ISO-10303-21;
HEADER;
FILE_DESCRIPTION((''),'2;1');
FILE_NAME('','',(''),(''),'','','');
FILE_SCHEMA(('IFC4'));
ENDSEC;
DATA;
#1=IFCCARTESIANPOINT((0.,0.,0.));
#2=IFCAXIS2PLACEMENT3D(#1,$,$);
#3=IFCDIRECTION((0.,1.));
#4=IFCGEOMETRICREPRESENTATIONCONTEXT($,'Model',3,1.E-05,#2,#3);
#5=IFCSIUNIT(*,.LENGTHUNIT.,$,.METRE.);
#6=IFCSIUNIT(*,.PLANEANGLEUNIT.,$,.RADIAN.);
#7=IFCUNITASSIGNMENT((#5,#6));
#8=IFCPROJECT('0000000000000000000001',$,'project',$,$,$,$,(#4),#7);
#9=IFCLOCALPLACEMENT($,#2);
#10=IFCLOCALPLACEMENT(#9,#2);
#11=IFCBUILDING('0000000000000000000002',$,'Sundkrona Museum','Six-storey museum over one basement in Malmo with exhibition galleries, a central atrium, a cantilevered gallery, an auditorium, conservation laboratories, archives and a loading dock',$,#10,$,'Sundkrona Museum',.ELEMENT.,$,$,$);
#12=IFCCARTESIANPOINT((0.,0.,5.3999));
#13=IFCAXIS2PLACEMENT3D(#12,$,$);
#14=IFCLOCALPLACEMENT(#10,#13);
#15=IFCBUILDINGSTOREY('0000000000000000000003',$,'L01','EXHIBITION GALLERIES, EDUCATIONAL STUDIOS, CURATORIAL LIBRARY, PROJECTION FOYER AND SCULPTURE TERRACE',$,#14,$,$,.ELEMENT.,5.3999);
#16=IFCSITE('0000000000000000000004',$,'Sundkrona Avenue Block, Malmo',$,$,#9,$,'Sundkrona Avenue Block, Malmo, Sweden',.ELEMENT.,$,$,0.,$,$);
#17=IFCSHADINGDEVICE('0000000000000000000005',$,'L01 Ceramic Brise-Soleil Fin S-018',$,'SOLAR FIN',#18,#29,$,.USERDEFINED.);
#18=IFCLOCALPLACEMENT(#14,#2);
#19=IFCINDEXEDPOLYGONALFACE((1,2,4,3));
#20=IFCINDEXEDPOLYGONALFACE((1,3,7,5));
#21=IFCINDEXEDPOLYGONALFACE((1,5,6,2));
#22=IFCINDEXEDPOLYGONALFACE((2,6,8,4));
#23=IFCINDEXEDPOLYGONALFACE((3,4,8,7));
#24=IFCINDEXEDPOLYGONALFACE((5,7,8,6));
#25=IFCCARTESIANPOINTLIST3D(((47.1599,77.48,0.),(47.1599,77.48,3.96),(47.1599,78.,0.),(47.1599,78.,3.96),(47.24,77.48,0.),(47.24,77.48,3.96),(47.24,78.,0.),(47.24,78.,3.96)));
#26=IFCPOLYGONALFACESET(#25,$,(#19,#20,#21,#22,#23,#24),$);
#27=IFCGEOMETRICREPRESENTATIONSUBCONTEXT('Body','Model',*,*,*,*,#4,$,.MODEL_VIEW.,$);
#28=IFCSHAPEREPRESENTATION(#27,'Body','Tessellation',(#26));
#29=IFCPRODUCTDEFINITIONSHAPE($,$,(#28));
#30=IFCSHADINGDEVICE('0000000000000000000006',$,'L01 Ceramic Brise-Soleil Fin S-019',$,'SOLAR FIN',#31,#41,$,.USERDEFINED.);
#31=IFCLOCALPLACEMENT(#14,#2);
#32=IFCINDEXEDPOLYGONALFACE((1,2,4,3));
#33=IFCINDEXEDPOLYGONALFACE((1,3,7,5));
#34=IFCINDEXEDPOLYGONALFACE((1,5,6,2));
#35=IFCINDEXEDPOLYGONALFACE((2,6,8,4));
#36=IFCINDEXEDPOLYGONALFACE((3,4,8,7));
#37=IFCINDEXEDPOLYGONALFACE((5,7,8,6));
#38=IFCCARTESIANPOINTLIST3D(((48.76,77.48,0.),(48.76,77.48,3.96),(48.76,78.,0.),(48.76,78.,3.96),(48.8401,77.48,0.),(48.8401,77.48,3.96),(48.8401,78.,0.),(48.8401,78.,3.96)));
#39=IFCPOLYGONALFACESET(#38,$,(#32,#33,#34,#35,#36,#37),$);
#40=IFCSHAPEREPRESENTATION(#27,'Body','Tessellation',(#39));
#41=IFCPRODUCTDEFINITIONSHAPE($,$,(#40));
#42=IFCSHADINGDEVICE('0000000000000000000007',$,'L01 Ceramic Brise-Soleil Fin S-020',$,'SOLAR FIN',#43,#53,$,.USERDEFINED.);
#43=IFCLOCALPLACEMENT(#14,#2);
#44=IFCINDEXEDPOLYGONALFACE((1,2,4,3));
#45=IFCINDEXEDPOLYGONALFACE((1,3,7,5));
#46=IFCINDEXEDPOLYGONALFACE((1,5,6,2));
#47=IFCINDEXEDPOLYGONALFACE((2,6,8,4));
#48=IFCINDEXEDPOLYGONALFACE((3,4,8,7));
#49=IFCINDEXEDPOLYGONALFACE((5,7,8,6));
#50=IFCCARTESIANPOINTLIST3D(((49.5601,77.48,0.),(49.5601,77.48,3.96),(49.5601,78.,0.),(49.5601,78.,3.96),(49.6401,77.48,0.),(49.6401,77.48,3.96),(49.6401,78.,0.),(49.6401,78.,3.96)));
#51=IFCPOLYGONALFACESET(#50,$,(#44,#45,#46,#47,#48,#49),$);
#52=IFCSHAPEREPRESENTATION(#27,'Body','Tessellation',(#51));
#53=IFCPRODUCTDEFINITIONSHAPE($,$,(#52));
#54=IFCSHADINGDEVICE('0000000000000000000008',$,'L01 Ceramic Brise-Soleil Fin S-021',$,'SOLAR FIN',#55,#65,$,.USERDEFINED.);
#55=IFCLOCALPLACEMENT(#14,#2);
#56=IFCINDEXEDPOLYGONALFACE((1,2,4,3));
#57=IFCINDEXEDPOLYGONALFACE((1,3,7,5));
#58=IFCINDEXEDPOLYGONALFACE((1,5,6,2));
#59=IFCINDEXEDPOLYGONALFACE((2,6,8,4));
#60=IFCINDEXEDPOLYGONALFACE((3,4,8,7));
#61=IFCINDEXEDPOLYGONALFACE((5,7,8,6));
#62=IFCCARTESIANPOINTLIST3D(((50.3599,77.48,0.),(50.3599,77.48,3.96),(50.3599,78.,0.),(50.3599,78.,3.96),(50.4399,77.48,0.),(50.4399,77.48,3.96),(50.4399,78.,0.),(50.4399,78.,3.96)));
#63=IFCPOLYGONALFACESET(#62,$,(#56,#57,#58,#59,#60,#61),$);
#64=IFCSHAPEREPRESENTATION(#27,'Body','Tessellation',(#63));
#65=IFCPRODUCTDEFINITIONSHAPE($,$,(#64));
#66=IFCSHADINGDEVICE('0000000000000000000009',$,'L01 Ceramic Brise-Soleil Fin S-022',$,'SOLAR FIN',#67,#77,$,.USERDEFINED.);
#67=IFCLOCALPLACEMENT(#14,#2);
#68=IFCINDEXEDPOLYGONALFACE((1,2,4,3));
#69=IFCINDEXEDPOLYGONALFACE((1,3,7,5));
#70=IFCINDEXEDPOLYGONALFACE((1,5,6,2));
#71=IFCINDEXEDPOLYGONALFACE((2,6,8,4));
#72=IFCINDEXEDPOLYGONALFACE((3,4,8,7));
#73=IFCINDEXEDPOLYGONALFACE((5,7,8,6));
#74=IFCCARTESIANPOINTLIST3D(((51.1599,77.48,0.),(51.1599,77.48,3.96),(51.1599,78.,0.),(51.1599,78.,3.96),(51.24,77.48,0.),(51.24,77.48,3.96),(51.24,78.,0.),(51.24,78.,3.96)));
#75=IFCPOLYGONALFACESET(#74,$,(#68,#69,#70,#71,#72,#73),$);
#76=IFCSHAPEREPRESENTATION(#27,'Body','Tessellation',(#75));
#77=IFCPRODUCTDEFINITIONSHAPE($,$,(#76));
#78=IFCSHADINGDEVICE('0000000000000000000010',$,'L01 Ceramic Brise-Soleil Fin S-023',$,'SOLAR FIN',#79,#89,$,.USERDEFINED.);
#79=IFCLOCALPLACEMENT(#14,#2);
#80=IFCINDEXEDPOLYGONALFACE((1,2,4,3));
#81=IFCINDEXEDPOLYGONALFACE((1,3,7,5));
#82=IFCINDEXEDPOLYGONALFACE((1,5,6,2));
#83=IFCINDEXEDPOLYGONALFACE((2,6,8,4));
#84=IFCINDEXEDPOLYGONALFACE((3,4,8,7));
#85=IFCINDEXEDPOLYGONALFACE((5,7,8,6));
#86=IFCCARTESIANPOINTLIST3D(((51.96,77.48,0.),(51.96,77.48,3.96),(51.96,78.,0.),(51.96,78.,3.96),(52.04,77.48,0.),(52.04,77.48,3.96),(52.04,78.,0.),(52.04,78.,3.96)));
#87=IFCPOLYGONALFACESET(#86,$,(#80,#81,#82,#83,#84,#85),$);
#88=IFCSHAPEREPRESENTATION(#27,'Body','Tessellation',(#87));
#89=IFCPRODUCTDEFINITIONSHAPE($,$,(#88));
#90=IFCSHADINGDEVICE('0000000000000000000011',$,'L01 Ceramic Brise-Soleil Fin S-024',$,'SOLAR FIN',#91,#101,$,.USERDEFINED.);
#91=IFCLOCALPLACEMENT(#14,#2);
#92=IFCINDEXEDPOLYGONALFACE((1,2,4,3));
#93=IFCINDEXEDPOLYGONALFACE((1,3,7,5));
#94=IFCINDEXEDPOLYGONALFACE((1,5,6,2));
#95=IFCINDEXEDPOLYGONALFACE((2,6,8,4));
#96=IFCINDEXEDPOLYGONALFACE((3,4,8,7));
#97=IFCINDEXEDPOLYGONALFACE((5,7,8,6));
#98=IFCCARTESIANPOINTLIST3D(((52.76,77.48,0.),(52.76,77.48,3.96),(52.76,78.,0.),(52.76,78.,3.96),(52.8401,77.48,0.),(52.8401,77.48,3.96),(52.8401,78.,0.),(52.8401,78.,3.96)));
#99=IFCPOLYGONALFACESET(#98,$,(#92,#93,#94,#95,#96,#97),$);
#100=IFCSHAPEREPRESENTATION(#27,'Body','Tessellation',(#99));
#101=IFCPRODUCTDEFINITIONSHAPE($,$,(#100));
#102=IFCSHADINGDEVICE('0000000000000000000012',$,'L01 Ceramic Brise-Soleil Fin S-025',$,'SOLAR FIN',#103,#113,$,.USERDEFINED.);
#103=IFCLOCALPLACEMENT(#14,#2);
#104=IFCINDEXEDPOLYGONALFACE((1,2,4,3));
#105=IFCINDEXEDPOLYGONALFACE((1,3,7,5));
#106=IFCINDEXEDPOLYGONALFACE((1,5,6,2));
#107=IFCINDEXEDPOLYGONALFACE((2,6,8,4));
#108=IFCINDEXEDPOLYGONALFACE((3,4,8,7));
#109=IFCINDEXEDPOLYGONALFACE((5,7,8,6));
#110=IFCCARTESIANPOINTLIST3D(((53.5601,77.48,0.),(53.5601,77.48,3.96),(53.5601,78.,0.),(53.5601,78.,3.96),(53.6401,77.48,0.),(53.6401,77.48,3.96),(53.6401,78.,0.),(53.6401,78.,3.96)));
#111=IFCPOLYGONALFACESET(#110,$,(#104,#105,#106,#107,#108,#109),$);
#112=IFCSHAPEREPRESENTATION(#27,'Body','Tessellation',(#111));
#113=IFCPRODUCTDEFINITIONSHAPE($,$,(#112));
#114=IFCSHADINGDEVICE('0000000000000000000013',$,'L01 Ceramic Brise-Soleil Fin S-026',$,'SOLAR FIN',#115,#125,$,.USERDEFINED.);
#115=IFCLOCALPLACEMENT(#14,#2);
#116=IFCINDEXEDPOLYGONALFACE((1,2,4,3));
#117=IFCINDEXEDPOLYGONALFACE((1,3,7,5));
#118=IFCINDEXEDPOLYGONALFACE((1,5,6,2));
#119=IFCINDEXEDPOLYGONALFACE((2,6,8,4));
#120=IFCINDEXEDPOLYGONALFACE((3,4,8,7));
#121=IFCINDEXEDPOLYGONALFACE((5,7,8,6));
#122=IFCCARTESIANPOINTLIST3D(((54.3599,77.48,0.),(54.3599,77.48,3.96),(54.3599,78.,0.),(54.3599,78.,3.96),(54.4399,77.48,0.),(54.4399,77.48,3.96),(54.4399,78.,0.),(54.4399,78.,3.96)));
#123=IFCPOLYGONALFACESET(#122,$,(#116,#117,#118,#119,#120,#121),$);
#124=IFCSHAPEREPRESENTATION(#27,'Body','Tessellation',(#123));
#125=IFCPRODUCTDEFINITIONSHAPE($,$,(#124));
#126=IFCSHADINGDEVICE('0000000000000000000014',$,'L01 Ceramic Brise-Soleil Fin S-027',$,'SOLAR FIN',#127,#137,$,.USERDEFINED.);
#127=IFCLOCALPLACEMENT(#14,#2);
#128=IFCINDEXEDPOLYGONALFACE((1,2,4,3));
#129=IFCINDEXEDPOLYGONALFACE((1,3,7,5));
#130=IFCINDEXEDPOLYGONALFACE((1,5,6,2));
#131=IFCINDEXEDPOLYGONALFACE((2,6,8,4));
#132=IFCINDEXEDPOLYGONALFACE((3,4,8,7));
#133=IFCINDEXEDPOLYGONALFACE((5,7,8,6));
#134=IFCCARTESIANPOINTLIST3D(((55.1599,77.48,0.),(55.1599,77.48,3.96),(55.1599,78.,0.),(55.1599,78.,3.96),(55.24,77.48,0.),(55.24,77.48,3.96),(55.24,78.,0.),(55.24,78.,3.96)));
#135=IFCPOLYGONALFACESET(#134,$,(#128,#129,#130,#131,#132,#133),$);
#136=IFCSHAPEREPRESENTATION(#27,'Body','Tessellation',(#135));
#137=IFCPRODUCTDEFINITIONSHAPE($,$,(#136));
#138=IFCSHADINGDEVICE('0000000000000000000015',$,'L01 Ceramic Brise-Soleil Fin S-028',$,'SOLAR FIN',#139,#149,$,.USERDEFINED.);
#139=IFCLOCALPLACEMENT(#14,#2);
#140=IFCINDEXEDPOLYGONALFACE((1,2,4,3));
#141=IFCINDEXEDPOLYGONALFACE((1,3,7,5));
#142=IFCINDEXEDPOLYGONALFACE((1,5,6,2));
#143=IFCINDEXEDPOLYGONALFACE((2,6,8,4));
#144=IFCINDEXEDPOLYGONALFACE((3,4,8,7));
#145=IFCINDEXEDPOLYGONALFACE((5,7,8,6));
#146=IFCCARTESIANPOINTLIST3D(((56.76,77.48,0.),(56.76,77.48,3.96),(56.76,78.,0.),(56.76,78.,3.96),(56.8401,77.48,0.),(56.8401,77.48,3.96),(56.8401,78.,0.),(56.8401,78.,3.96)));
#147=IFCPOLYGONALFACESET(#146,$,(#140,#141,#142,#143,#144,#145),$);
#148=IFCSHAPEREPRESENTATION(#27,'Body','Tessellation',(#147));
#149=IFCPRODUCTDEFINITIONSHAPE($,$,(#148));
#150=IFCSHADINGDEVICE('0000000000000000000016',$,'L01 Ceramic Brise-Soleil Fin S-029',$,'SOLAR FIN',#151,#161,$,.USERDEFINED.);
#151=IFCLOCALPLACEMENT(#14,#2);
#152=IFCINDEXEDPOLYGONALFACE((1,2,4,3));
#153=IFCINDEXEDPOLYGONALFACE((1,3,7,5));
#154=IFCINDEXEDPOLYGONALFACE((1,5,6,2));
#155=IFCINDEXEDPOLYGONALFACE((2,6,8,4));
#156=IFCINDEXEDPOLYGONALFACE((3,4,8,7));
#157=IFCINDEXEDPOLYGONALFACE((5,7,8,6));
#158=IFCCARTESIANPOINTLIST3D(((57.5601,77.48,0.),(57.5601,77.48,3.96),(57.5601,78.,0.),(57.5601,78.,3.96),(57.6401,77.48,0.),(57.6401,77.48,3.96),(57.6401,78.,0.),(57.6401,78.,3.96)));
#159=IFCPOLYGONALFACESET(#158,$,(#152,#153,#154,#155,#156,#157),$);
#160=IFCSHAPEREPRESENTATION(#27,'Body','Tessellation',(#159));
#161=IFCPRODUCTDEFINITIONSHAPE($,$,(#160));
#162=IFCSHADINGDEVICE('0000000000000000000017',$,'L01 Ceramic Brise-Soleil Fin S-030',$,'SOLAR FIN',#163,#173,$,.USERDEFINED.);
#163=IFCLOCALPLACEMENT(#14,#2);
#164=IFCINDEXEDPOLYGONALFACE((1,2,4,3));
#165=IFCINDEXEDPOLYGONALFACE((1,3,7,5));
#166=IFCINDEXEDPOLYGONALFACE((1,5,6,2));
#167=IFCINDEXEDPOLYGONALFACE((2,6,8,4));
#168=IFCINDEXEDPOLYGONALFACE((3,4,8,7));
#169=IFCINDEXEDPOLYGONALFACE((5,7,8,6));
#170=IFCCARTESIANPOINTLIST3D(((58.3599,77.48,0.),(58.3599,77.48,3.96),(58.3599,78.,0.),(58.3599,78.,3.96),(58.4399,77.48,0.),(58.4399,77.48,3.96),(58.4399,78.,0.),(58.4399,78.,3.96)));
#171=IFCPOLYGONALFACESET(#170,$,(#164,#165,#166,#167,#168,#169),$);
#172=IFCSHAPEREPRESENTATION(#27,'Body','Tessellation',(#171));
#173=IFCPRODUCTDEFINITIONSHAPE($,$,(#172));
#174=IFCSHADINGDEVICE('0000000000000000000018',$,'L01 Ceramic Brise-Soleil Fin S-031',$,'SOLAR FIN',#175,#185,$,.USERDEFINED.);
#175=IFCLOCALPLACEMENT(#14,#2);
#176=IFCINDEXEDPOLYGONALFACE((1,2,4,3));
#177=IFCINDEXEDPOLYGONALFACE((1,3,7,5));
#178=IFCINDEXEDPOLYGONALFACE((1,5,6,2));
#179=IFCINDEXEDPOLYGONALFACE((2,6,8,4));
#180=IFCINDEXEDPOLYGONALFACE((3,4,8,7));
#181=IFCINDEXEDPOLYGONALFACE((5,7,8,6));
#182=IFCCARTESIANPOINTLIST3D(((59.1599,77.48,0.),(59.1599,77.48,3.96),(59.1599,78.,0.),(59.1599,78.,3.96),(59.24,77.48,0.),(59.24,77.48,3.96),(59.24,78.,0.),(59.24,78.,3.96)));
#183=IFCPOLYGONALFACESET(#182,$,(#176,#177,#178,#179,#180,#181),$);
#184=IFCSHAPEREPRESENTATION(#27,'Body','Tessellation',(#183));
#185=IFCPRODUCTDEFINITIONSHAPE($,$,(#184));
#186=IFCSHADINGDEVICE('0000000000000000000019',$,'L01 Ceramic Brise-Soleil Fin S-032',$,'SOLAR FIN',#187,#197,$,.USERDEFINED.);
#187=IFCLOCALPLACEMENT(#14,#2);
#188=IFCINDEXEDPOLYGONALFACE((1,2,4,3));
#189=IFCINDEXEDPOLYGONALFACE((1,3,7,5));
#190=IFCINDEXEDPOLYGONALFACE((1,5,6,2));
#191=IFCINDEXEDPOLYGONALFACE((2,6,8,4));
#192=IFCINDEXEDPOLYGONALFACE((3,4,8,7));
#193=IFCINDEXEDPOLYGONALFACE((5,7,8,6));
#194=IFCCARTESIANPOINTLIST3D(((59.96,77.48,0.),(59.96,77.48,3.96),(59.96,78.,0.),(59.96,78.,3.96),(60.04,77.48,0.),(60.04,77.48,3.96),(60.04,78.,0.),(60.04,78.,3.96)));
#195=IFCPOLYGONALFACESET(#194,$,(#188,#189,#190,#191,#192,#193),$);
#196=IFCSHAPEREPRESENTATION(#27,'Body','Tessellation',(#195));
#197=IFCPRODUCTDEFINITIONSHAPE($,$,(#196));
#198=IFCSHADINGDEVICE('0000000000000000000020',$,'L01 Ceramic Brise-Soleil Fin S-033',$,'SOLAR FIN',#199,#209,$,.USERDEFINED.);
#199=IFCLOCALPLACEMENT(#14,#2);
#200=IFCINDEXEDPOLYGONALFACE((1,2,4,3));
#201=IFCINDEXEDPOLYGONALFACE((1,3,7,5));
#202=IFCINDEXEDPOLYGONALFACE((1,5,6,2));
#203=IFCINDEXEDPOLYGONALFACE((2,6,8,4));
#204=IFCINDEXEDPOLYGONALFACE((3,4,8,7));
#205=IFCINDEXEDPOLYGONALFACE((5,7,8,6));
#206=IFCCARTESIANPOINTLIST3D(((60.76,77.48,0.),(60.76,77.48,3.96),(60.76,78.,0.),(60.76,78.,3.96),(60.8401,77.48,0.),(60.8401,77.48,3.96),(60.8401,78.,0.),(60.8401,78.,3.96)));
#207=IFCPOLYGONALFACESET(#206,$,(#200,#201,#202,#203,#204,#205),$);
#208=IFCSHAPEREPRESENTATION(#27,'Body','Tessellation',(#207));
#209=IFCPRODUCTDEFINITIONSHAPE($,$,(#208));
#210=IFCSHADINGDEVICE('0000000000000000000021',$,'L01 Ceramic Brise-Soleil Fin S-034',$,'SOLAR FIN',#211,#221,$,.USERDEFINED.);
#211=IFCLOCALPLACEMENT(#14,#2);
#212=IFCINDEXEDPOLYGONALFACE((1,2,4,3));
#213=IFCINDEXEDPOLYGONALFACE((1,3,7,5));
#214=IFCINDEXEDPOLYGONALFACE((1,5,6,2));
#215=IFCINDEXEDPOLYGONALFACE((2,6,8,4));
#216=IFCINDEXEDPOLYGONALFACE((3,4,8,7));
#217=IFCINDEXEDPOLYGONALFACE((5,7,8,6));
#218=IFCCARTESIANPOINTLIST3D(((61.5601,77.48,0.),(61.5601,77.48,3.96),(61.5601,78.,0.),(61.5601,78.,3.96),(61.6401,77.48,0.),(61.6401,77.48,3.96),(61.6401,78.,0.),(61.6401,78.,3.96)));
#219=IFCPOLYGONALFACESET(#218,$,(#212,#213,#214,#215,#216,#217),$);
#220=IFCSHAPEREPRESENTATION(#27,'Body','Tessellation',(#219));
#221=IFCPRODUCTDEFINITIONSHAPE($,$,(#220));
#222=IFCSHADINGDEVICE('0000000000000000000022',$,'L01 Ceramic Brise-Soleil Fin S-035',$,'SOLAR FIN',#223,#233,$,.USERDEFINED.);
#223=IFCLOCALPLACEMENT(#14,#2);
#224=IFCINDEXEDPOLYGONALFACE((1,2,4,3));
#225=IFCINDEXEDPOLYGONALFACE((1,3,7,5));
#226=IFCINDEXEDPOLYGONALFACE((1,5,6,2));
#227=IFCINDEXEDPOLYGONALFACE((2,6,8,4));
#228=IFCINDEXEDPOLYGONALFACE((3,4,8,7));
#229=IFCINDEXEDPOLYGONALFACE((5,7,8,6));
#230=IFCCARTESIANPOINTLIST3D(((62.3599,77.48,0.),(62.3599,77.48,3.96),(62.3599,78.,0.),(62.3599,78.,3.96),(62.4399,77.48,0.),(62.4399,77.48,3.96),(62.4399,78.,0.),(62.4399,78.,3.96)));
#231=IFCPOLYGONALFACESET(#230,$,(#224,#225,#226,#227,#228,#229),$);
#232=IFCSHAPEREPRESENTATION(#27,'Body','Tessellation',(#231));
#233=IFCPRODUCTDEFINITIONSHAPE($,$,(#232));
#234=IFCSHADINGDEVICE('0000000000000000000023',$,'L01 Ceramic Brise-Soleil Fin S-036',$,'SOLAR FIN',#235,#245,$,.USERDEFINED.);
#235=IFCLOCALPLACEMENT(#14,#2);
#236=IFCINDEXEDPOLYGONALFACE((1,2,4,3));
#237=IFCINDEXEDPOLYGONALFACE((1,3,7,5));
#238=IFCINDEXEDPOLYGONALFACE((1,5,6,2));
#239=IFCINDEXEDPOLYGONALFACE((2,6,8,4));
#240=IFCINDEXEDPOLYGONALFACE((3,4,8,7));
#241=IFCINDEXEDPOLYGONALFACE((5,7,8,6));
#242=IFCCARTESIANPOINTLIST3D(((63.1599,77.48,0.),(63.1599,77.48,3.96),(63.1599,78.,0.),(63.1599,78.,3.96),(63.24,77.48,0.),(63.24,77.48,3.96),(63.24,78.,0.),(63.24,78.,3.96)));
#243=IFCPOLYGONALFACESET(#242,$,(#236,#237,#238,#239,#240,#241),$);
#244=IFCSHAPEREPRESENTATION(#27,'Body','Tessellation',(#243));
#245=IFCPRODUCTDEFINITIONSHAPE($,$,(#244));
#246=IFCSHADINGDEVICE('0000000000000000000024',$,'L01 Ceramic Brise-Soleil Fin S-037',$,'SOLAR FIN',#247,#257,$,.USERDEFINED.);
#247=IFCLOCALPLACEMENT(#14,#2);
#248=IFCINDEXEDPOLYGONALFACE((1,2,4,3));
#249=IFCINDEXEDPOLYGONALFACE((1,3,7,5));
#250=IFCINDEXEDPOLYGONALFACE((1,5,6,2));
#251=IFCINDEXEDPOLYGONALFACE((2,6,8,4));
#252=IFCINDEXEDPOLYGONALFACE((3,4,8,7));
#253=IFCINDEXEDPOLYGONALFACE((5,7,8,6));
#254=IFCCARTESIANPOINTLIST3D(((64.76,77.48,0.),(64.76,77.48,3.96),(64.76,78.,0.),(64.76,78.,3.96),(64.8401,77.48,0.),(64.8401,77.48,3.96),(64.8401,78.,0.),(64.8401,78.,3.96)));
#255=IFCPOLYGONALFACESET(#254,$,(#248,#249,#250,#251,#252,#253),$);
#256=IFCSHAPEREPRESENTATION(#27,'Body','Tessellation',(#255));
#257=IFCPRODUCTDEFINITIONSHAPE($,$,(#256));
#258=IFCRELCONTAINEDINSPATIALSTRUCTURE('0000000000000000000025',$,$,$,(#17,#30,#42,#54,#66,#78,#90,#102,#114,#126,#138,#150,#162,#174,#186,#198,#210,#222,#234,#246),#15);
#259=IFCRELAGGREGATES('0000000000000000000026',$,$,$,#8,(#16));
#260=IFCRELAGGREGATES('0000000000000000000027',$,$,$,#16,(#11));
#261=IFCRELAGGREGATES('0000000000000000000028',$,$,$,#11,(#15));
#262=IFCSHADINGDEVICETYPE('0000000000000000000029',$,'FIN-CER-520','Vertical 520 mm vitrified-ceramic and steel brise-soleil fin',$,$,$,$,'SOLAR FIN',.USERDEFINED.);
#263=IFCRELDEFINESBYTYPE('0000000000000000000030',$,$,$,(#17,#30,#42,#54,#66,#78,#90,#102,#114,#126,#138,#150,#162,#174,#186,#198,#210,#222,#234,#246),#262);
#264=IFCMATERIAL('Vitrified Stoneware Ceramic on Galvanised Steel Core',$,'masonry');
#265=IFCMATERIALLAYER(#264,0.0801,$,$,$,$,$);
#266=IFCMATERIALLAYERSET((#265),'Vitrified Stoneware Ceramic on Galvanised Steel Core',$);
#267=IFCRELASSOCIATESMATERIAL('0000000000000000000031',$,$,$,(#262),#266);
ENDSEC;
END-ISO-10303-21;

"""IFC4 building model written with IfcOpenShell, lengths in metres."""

from ifc_helpers import new_model, si_unit, direction, frame, origin, origin_2d, place, context, subcontext, project, spatial, rectangle, extrude, material, layer, layer_set, type_object, element, save


model = new_model("IFC4")

# Units and contexts
model_context = context("Model", 3, precision=1e-05, world=origin(), true_north=direction((0.0, 1.0)))
body_context = subcontext(model_context, "Body", "Model", "MODEL_VIEW")
ifc_project = project(units=[si_unit("LENGTHUNIT", "METRE"), si_unit("PLANEANGLEUNIT", "RADIAN")], contexts=[model_context])

# Site, building, storey
site_placement = place(None, origin())
site = spatial("IfcSite", under=ifc_project, at=site_placement, Name="Sundkrona Avenue Block, Malmo", LongName="Sundkrona Avenue Block, Malmo, Sweden", CompositionType="ELEMENT", RefElevation=0.0)
building_placement = place(site_placement, origin())
building = spatial("IfcBuilding", under=site, at=building_placement, Name="Sundkrona Museum", Description="Six-storey museum over one basement in Malmo with exhibition galleries, a central atrium, a cantilevered gallery, an auditorium, conservation laboratories, archives and a loading dock", LongName="Sundkrona Museum", CompositionType="ELEMENT")
storey_placement = place(building_placement, frame((0.0, 0.0, 5.3999)))
storey = spatial("IfcBuildingStorey", under=building, at=storey_placement, Name="L01", Description="EXHIBITION GALLERIES, EDUCATIONAL STUDIOS, CURATORIAL LIBRARY, PROJECTION FOYER AND SCULPTURE TERRACE", CompositionType="ELEMENT", Elevation=5.3999)

# Shading devices
ifc_material = material(Name="Vitrified Stoneware Ceramic on Galvanised Steel Core", Category="masonry")
ifc_layer = layer(ifc_material, 0.0801)
ifc_layer_set = layer_set([ifc_layer], Name="Vitrified Stoneware Ceramic on Galvanised Steel Core")
shading_device_type = type_object("IfcShadingDeviceType", Name="FIN-CER-520", Description="Vertical 520 mm vitrified-ceramic and steel brise-soleil fin", ElementType="SOLAR FIN", PredefinedType="USERDEFINED", material=ifc_layer_set)
for number, where, z_axis, x_axis, name in (
    (1, (47.2, 77.74, 0.0), (0.0, 0.0, 1.0), (1.0, 0.0, 0.0), "L01 Ceramic Brise-Soleil Fin S-018"),
    (2, (48.8, 77.74, 0.0), (0.0, 0.0, 1.0), (1.0, 0.0, 0.0), "L01 Ceramic Brise-Soleil Fin S-019"),
    (3, (49.6001, 77.74, 0.0), (0.0, 0.0, 1.0), (1.0, 0.0, 0.0), "L01 Ceramic Brise-Soleil Fin S-020"),
    (4, (50.3999, 77.74, 0.0), (0.0, 0.0, 1.0), (1.0, 0.0, 0.0), "L01 Ceramic Brise-Soleil Fin S-021"),
    (5, (51.2, 77.74, 0.0), (0.0, 0.0, 1.0), (1.0, 0.0, 0.0), "L01 Ceramic Brise-Soleil Fin S-022"),
    (6, (52.0, 77.74, 0.0), (0.0, 0.0, 1.0), (1.0, 0.0, 0.0), "L01 Ceramic Brise-Soleil Fin S-023"),
    (7, (52.8, 77.74, 0.0), (0.0, 0.0, 1.0), (1.0, 0.0, 0.0), "L01 Ceramic Brise-Soleil Fin S-024"),
    (8, (53.6001, 77.74, 0.0), (0.0, 0.0, 1.0), (1.0, 0.0, 0.0), "L01 Ceramic Brise-Soleil Fin S-025"),
    (9, (54.3999, 77.74, 0.0), (0.0, 0.0, 1.0), (1.0, 0.0, 0.0), "L01 Ceramic Brise-Soleil Fin S-026"),
    (10, (55.2, 77.74, 0.0), (0.0, 0.0, 1.0), (1.0, 0.0, 0.0), "L01 Ceramic Brise-Soleil Fin S-027"),
    (11, (56.8, 77.74, 0.0), (0.0, 0.0, 1.0), (1.0, 0.0, 0.0), "L01 Ceramic Brise-Soleil Fin S-028"),
    (12, (57.6001, 77.74, 0.0), (0.0, 0.0, 1.0), (1.0, 0.0, 0.0), "L01 Ceramic Brise-Soleil Fin S-029"),
    (13, (58.3999, 77.74, 0.0), (0.0, 0.0, 1.0), (1.0, 0.0, 0.0), "L01 Ceramic Brise-Soleil Fin S-030"),
    (14, (59.2, 77.74, 0.0), (0.0, 0.0, 1.0), (1.0, 0.0, 0.0), "L01 Ceramic Brise-Soleil Fin S-031"),
    (15, (60.0, 77.74, 0.0), (0.0, 0.0, 1.0), (1.0, 0.0, 0.0), "L01 Ceramic Brise-Soleil Fin S-032"),
    (16, (60.8, 77.74, 0.0), (0.0, 0.0, 1.0), (1.0, 0.0, 0.0), "L01 Ceramic Brise-Soleil Fin S-033"),
    (17, (61.6001, 77.74, 0.0), (0.0, 0.0, 1.0), (1.0, 0.0, 0.0), "L01 Ceramic Brise-Soleil Fin S-034"),
    (18, (62.3999, 77.74, 0.0), (0.0, 0.0, 1.0), (1.0, 0.0, 0.0), "L01 Ceramic Brise-Soleil Fin S-035"),
    (19, (63.2, 77.74, 0.0), (0.0, 0.0, 1.0), (1.0, 0.0, 0.0), "L01 Ceramic Brise-Soleil Fin S-036"),
    (20, (64.8, 77.74, 0.0), (0.0, 0.0, 1.0), (1.0, 0.0, 0.0), "L01 Ceramic Brise-Soleil Fin S-037"),
):
    element("IfcShadingDevice", number, at=place(storey_placement, frame(where, z_axis=z_axis, x_axis=x_axis)), inside=storey, type_object=shading_device_type, Name=name, ObjectType="SOLAR FIN", PredefinedType="USERDEFINED", context=body_context, shape_type="SweptSolid", body=[
        extrude(rectangle(XDim=0.0801, YDim=0.52, at=origin_2d()), origin(), (0.0, 0.0, 1.0), 3.96),
    ])

save(model, "model.ifc")
